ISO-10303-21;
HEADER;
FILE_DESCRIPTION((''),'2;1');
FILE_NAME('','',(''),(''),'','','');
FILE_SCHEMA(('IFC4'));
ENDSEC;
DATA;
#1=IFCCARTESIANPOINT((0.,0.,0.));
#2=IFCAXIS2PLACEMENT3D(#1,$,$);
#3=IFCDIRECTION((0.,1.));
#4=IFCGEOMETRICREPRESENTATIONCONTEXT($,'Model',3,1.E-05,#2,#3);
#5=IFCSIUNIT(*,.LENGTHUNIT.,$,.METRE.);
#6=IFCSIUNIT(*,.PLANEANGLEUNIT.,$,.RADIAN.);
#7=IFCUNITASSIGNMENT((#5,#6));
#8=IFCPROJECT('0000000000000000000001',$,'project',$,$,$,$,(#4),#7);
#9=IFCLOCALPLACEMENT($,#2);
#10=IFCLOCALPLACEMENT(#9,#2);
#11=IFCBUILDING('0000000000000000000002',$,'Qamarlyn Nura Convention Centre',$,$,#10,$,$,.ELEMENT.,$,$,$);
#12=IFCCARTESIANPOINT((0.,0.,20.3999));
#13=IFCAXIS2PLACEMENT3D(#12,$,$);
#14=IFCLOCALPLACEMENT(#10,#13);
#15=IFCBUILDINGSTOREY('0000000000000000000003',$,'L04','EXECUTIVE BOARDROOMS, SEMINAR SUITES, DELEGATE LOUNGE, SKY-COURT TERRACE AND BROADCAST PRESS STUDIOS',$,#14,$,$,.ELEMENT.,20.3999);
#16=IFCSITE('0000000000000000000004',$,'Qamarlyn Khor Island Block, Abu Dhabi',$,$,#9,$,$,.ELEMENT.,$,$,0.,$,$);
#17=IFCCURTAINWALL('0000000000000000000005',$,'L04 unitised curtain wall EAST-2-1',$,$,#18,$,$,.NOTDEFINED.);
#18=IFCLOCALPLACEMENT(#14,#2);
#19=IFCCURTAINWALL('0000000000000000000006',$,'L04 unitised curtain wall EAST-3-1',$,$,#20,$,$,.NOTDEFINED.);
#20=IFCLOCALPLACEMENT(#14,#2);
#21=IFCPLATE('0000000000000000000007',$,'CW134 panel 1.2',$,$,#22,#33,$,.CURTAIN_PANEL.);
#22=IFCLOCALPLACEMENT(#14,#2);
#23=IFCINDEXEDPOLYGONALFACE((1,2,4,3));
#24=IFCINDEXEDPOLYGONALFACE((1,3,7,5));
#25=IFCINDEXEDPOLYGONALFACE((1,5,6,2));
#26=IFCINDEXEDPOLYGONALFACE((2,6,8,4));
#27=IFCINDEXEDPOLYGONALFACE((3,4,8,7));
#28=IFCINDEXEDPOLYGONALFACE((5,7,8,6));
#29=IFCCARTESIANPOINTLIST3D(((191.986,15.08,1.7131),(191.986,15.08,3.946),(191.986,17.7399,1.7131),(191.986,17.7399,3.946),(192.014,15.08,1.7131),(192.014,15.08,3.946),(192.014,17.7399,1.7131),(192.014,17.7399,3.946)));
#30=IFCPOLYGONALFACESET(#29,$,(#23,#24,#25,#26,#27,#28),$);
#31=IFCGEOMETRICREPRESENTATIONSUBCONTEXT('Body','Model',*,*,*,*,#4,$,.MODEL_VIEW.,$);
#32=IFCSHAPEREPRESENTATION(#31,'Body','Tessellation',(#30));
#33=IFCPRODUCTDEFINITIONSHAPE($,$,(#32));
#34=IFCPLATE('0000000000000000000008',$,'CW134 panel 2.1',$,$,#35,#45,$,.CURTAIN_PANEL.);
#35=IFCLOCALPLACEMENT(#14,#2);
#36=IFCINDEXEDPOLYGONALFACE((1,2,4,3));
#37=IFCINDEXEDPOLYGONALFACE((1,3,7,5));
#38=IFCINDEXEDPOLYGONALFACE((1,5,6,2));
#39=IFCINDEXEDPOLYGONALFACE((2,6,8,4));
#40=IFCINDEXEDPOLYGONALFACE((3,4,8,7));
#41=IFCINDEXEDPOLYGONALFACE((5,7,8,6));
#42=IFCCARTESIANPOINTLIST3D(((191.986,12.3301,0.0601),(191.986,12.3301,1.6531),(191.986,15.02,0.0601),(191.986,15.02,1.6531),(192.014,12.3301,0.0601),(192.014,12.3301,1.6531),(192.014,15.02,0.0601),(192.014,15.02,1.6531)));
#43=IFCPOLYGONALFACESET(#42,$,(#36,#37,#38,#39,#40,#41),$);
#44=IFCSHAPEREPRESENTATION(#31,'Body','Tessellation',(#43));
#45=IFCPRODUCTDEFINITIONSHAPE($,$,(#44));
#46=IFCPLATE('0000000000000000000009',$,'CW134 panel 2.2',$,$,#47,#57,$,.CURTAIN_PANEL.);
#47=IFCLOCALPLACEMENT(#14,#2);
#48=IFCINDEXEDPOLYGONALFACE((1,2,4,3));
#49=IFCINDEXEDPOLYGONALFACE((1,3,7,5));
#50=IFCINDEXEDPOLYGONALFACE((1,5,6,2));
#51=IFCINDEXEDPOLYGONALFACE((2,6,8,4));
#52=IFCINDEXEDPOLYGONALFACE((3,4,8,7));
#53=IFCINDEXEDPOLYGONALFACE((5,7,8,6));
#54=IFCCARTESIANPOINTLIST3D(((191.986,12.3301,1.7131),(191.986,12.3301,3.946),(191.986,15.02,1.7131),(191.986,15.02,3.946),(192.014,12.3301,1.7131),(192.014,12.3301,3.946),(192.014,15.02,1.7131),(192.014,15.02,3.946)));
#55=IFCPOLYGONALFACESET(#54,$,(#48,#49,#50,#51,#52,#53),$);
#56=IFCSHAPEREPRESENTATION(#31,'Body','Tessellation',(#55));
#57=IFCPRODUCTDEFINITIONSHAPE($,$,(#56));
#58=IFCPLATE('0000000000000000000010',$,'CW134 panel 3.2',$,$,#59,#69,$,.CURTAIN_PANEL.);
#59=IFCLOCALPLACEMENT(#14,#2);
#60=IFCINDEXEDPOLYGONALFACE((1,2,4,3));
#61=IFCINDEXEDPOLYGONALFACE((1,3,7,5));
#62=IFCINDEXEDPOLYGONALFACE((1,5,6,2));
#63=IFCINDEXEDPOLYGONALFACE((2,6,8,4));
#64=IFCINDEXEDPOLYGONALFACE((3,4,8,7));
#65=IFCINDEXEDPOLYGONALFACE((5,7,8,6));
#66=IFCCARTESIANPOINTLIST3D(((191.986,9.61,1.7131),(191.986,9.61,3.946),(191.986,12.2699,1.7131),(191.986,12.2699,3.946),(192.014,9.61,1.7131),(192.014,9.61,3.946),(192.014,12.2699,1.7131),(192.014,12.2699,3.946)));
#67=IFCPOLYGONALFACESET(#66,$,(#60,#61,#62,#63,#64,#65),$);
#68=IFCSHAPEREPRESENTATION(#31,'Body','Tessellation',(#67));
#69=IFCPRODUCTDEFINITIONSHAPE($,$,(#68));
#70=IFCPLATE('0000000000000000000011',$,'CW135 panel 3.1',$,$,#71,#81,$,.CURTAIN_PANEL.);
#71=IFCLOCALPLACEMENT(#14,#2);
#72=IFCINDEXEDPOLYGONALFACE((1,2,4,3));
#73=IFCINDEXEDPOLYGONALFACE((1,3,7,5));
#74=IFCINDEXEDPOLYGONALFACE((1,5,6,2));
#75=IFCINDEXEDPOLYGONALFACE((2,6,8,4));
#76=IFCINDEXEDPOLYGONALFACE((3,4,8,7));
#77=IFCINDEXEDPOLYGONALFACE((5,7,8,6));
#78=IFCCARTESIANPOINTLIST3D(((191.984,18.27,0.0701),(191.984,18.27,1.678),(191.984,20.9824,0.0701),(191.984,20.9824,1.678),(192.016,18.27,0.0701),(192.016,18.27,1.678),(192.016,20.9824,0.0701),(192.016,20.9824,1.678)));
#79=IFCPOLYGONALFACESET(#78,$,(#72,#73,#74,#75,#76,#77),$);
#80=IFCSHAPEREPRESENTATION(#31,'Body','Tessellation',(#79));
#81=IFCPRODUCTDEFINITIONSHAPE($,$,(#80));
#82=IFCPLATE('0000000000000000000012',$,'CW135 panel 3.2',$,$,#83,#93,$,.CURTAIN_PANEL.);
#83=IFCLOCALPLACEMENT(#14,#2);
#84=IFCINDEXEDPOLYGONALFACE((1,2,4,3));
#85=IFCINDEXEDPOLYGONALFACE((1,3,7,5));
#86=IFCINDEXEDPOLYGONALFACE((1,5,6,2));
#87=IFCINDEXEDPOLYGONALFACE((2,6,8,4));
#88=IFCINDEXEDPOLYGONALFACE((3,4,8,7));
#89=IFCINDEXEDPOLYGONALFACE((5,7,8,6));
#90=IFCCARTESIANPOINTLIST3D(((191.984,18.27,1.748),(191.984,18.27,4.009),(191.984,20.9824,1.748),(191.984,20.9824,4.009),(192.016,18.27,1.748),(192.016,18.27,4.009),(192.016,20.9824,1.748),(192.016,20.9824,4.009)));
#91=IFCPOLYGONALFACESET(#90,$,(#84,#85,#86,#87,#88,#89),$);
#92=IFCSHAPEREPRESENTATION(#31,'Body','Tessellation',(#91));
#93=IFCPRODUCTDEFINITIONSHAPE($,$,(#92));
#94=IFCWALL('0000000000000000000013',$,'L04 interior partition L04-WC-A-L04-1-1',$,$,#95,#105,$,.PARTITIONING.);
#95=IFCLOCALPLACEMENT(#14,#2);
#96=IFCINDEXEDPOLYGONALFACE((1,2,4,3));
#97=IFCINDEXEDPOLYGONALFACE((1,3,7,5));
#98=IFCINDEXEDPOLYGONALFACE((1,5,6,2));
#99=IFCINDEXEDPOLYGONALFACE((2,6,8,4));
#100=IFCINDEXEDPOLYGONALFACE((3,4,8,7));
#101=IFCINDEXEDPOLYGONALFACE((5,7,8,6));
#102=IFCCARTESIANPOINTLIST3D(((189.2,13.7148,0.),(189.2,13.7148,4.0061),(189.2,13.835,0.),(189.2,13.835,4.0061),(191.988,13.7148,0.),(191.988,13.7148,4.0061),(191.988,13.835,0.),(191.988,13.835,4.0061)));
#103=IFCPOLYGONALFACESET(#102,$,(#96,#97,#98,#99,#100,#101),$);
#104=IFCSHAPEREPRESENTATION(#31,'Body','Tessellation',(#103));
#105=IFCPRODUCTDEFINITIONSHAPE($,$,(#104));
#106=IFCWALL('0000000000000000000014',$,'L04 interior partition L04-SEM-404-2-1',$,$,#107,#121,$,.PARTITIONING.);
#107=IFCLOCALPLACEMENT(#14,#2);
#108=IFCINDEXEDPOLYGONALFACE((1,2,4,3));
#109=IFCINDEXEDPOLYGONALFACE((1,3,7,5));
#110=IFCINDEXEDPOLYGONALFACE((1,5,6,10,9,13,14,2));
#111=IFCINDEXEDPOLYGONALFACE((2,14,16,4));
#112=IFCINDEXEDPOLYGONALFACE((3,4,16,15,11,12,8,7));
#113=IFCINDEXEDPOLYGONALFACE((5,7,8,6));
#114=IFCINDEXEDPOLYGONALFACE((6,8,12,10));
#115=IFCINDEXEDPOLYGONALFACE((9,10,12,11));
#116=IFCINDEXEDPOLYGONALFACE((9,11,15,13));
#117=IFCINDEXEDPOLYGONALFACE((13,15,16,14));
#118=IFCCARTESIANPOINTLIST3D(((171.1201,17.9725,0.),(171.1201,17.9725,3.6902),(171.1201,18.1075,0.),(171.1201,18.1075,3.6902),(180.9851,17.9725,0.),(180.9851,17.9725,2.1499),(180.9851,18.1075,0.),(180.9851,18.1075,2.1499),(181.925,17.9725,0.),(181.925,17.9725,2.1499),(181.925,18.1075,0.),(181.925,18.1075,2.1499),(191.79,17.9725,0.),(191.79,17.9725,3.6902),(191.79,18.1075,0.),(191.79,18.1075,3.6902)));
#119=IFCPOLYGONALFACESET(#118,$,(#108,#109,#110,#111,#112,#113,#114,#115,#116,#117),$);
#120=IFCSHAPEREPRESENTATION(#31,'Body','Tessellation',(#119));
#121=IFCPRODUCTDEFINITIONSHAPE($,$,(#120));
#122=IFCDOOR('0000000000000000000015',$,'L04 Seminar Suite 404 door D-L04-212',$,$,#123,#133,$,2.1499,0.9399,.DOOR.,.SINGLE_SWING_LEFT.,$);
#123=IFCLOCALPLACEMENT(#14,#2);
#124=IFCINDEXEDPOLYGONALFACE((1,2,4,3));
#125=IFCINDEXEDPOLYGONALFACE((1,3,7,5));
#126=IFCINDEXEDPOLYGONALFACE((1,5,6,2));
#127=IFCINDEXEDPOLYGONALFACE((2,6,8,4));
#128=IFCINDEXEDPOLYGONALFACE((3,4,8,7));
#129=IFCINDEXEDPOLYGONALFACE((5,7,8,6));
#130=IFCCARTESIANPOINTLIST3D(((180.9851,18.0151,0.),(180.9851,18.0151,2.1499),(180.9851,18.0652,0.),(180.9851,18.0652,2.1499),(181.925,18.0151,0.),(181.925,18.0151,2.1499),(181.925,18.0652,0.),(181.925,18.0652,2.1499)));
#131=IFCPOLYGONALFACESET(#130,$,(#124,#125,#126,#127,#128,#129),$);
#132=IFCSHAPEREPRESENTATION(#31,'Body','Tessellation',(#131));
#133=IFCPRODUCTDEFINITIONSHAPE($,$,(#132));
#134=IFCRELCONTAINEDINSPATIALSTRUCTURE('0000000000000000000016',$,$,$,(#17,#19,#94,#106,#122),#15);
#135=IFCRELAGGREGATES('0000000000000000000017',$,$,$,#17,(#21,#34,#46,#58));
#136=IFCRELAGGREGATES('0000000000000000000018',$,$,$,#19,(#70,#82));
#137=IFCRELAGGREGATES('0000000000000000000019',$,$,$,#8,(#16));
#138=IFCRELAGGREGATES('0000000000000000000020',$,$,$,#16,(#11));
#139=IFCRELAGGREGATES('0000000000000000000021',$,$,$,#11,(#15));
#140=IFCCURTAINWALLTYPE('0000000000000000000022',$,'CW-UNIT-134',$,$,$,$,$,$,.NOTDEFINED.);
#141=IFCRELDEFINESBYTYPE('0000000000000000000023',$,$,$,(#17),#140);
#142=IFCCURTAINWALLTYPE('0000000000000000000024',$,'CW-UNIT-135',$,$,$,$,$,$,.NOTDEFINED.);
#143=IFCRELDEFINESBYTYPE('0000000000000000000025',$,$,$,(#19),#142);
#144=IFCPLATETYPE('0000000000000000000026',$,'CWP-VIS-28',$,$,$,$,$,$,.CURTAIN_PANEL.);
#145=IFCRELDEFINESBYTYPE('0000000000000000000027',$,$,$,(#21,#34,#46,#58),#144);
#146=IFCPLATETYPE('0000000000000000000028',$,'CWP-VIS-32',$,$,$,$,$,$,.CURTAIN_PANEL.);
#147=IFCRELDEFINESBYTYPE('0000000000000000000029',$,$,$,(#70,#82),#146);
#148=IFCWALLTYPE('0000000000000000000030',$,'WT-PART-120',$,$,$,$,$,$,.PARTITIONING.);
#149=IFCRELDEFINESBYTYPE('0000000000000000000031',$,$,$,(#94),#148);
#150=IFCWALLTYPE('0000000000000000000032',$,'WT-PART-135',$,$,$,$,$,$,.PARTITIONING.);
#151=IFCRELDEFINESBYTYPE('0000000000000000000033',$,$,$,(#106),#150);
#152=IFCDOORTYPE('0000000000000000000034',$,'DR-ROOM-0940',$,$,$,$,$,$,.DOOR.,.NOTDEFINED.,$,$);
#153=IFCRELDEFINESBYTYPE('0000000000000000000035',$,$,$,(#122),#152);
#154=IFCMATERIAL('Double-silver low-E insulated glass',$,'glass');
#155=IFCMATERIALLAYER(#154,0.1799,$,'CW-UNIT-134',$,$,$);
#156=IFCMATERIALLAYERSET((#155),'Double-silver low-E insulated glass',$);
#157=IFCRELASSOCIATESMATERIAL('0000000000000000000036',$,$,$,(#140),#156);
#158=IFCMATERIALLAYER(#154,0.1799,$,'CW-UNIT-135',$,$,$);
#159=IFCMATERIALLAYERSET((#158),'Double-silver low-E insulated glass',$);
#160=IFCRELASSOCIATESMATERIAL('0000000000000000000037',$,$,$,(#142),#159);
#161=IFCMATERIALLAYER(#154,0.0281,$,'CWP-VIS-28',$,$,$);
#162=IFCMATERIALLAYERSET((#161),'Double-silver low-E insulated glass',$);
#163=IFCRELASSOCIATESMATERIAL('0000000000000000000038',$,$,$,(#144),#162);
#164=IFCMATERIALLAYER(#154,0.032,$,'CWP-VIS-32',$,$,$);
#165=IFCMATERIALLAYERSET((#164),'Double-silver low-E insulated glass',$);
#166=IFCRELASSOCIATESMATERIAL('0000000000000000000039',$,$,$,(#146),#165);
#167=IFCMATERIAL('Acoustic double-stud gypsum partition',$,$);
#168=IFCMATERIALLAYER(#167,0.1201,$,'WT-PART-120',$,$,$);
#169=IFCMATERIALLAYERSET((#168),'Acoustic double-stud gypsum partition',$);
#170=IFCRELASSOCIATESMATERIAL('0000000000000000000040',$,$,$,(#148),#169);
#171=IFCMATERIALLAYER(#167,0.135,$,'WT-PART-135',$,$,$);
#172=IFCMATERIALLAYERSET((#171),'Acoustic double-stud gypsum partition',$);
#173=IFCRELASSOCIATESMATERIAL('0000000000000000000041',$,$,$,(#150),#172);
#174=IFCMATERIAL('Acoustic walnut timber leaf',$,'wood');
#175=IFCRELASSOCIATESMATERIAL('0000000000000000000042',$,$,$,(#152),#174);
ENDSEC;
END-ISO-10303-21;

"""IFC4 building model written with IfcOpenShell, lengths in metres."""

from ifc_helpers import new_model, si_unit, direction, frame, frame_2d, origin, origin_2d, place, context, subcontext, project, spatial, rectangle, extrude, material, layer, layer_set, type_object, element, fill, aggregate, save


model = new_model("IFC4")

# Units and contexts
model_context = context("Model", 3, precision=1e-05, world=origin(), true_north=direction((0.0, 1.0)))
body_context = subcontext(model_context, "Body", "Model", "MODEL_VIEW")
ifc_project = project(units=[si_unit("LENGTHUNIT", "METRE"), si_unit("PLANEANGLEUNIT", "RADIAN")], contexts=[model_context])

# Site, building, storey
site_placement = place(None, origin())
site = spatial("IfcSite", under=ifc_project, at=site_placement, Name="Qamarlyn Khor Island Block, Abu Dhabi", CompositionType="ELEMENT", RefElevation=0.0)
building_placement = place(site_placement, origin())
building = spatial("IfcBuilding", under=site, at=building_placement, Name="Qamarlyn Nura Convention Centre", CompositionType="ELEMENT")
storey_placement = place(building_placement, frame((0.0, 0.0, 20.3999)))
storey = spatial("IfcBuildingStorey", under=building, at=storey_placement, Name="L04", Description="EXECUTIVE BOARDROOMS, SEMINAR SUITES, DELEGATE LOUNGE, SKY-COURT TERRACE AND BROADCAST PRESS STUDIOS", CompositionType="ELEMENT", Elevation=20.3999)

# Curtain wall
ifc_material_1 = material(Name="Double-silver low-E insulated glass", Category="glass")
ifc_layer_1 = layer(ifc_material_1, 0.1799, Name="CW-UNIT-134")
ifc_layer_set_1 = layer_set([ifc_layer_1], Name="Double-silver low-E insulated glass")
curtain_wall_type_1 = type_object("IfcCurtainWallType", Name="CW-UNIT-134", PredefinedType="NOTDEFINED", material=ifc_layer_set_1)
curtain_wall_1_placement = place(storey_placement, origin())
curtain_wall_1 = element("IfcCurtainWall", 1, at=curtain_wall_1_placement, inside=storey, type_object=curtain_wall_type_1, Name="L04 unitised curtain wall EAST-2-1", PredefinedType="NOTDEFINED")

# Curtain wall
ifc_layer_2 = layer(ifc_material_1, 0.1799, Name="CW-UNIT-135")
ifc_layer_set_2 = layer_set([ifc_layer_2], Name="Double-silver low-E insulated glass")
curtain_wall_type_2 = type_object("IfcCurtainWallType", Name="CW-UNIT-135", PredefinedType="NOTDEFINED", material=ifc_layer_set_2)
curtain_wall_2_placement = place(storey_placement, origin())
curtain_wall_2 = element("IfcCurtainWall", 2, at=curtain_wall_2_placement, inside=storey, type_object=curtain_wall_type_2, Name="L04 unitised curtain wall EAST-3-1", PredefinedType="NOTDEFINED")

# Plates
ifc_layer_3 = layer(ifc_material_1, 0.0281, Name="CWP-VIS-28")
ifc_layer_set_3 = layer_set([ifc_layer_3], Name="Double-silver low-E insulated glass")
plate_type_1 = type_object("IfcPlateType", Name="CWP-VIS-28", PredefinedType="CURTAIN_PANEL", material=ifc_layer_set_3)
plate_1_placement = place(storey_placement, frame((192.0, 16.4099, 1.7131), z_axis=(0.0, 0.0, 1.0), x_axis=(0.0, -1.0, 0.0)))
plate_1 = element("IfcPlate", 3, at=plate_1_placement, type_object=plate_type_1, Name="CW134 panel 1.2", PredefinedType="CURTAIN_PANEL", context=body_context, shape_type="SweptSolid", body=[
    extrude(rectangle(XDim=2.6599, YDim=0.0281, at=origin_2d()), origin(), (0.0, 0.0, 1.0), 2.2329),
])
plate_2_placement = place(storey_placement, frame((192.0, 13.675, 0.0601), z_axis=(0.0, 0.0, 1.0), x_axis=(0.0, -1.0, 0.0)))
plate_2 = element("IfcPlate", 4, at=plate_2_placement, type_object=plate_type_1, Name="CW134 panel 2.1", PredefinedType="CURTAIN_PANEL", context=body_context, shape_type="SweptSolid", body=[
    extrude(rectangle(XDim=2.6899, YDim=0.0281, at=origin_2d()), origin(), (0.0, 0.0, 1.0), 1.593),
])
plate_3_placement = place(storey_placement, frame((192.0, 13.675, 1.7131), z_axis=(0.0, 0.0, 1.0), x_axis=(0.0, -1.0, 0.0)))
plate_3 = element("IfcPlate", 5, at=plate_3_placement, type_object=plate_type_1, Name="CW134 panel 2.2", PredefinedType="CURTAIN_PANEL", context=body_context, shape_type="SweptSolid", body=[
    extrude(rectangle(XDim=2.6899, YDim=0.0281, at=origin_2d()), origin(), (0.0, 0.0, 1.0), 2.2329),
])
plate_4_placement = place(storey_placement, frame((192.0, 10.9399, 1.7131), z_axis=(0.0, 0.0, 1.0), x_axis=(0.0, -1.0, 0.0)))
plate_4 = element("IfcPlate", 6, at=plate_4_placement, type_object=plate_type_1, Name="CW134 panel 3.2", PredefinedType="CURTAIN_PANEL", context=body_context, shape_type="SweptSolid", body=[
    extrude(rectangle(XDim=2.6599, YDim=0.0281, at=origin_2d()), origin(), (0.0, 0.0, 1.0), 2.2329),
])
aggregate(curtain_wall_1, [plate_1, plate_2, plate_3, plate_4])
ifc_layer_4 = layer(ifc_material_1, 0.032, Name="CWP-VIS-32")
ifc_layer_set_4 = layer_set([ifc_layer_4], Name="Double-silver low-E insulated glass")
plate_type_2 = type_object("IfcPlateType", Name="CWP-VIS-32", PredefinedType="CURTAIN_PANEL", material=ifc_layer_set_4)
plate_5_placement = place(storey_placement, frame((192.0, 19.6262, 0.0701), z_axis=(0.0, 0.0, 1.0), x_axis=(0.0, -1.0, 0.0)))
plate_5 = element("IfcPlate", 7, at=plate_5_placement, type_object=plate_type_2, Name="CW135 panel 3.1", PredefinedType="CURTAIN_PANEL", context=body_context, shape_type="SweptSolid", body=[
    extrude(rectangle(XDim=2.7124, YDim=0.032, at=origin_2d()), origin(), (0.0, 0.0, 1.0), 1.6079),
])
plate_6_placement = place(storey_placement, frame((192.0, 19.6262, 1.748), z_axis=(0.0, 0.0, 1.0), x_axis=(0.0, -1.0, 0.0)))
plate_6 = element("IfcPlate", 8, at=plate_6_placement, type_object=plate_type_2, Name="CW135 panel 3.2", PredefinedType="CURTAIN_PANEL", context=body_context, shape_type="SweptSolid", body=[
    extrude(rectangle(XDim=2.7124, YDim=0.032, at=origin_2d()), origin(), (0.0, 0.0, 1.0), 2.261),
])
aggregate(curtain_wall_2, [plate_5, plate_6])

# Wall
ifc_material_2 = material(Name="Acoustic double-stud gypsum partition")
ifc_layer_5 = layer(ifc_material_2, 0.1201, Name="WT-PART-120")
ifc_layer_set_5 = layer_set([ifc_layer_5], Name="Acoustic double-stud gypsum partition")
wall_type_1 = type_object("IfcWallType", Name="WT-PART-120", PredefinedType="PARTITIONING", material=ifc_layer_set_5)
wall_1_placement = place(storey_placement, frame((189.2, 13.7749, 0.0), z_axis=(0.0, 0.0, 1.0), x_axis=(1.0, 0.0, 0.0)))
element("IfcWall", 9, at=wall_1_placement, inside=storey, type_object=wall_type_1, Name="L04 interior partition L04-WC-A-L04-1-1", PredefinedType="PARTITIONING", context=body_context, shape_type="SweptSolid", body=[
    extrude(rectangle(XDim=2.7881, YDim=0.1201, at=frame_2d((1.394, 0.0))), origin(), (0.0, 0.0, 1.0), 4.0061),
])

# Wall, opening, door
ifc_layer_6 = layer(ifc_material_2, 0.135, Name="WT-PART-135")
ifc_layer_set_6 = layer_set([ifc_layer_6], Name="Acoustic double-stud gypsum partition")
wall_type_2 = type_object("IfcWallType", Name="WT-PART-135", PredefinedType="PARTITIONING", material=ifc_layer_set_6)
wall_2_placement = place(storey_placement, frame((191.79, 18.04, 0.0), z_axis=(0.0, 0.0, 1.0), x_axis=(-1.0, 0.0, 0.0)))
wall_2 = element("IfcWall", 10, at=wall_2_placement, inside=storey, type_object=wall_type_2, Name="L04 interior partition L04-SEM-404-2-1", PredefinedType="PARTITIONING", context=body_context, shape_type="SweptSolid", body=[
    extrude(rectangle(XDim=20.6699, YDim=0.135, at=frame_2d((10.335, 0.0))), origin(), (0.0, 0.0, 1.0), 3.6902),
])
opening_placement = place(wall_2_placement, frame((9.865, 0.0, 0.0)))
opening = element("IfcOpeningElement", 11, at=opening_placement, cuts=wall_2, PredefinedType="OPENING", context=body_context, shape_type="SweptSolid", body=[
    extrude(rectangle(XDim=0.9399, YDim=2.1499, at=frame_2d((0.47, 1.075))), frame((0.0, 0.0776, 0.0), z_axis=(0.0, -1.0, 0.0), x_axis=(1.0, 0.0, 0.0)), (0.0, 0.0, 1.0), 0.155),
])
ifc_material_3 = material(Name="Acoustic walnut timber leaf", Category="wood")
door_type = type_object("IfcDoorType", Name="DR-ROOM-0940", OperationType="NOTDEFINED", PredefinedType="DOOR", material=ifc_material_3)
door_placement = place(opening_placement, origin())
door = element("IfcDoor", 12, at=door_placement, inside=storey, type_object=door_type, Name="L04 Seminar Suite 404 door D-L04-212", OperationType="SINGLE_SWING_LEFT", OverallHeight=2.1499, OverallWidth=0.9399, PredefinedType="DOOR", context=body_context, shape_type="SweptSolid", body=[
    extrude(rectangle(XDim=0.9399, YDim=2.1499, at=frame_2d((0.47, 1.075))), frame((0.0, 0.0249, 0.0), z_axis=(0.0, -1.0, 0.0), x_axis=(1.0, 0.0, 0.0)), (0.0, 0.0, 1.0), 0.05),
])
fill(opening, door)

save(model, "model.ifc")
